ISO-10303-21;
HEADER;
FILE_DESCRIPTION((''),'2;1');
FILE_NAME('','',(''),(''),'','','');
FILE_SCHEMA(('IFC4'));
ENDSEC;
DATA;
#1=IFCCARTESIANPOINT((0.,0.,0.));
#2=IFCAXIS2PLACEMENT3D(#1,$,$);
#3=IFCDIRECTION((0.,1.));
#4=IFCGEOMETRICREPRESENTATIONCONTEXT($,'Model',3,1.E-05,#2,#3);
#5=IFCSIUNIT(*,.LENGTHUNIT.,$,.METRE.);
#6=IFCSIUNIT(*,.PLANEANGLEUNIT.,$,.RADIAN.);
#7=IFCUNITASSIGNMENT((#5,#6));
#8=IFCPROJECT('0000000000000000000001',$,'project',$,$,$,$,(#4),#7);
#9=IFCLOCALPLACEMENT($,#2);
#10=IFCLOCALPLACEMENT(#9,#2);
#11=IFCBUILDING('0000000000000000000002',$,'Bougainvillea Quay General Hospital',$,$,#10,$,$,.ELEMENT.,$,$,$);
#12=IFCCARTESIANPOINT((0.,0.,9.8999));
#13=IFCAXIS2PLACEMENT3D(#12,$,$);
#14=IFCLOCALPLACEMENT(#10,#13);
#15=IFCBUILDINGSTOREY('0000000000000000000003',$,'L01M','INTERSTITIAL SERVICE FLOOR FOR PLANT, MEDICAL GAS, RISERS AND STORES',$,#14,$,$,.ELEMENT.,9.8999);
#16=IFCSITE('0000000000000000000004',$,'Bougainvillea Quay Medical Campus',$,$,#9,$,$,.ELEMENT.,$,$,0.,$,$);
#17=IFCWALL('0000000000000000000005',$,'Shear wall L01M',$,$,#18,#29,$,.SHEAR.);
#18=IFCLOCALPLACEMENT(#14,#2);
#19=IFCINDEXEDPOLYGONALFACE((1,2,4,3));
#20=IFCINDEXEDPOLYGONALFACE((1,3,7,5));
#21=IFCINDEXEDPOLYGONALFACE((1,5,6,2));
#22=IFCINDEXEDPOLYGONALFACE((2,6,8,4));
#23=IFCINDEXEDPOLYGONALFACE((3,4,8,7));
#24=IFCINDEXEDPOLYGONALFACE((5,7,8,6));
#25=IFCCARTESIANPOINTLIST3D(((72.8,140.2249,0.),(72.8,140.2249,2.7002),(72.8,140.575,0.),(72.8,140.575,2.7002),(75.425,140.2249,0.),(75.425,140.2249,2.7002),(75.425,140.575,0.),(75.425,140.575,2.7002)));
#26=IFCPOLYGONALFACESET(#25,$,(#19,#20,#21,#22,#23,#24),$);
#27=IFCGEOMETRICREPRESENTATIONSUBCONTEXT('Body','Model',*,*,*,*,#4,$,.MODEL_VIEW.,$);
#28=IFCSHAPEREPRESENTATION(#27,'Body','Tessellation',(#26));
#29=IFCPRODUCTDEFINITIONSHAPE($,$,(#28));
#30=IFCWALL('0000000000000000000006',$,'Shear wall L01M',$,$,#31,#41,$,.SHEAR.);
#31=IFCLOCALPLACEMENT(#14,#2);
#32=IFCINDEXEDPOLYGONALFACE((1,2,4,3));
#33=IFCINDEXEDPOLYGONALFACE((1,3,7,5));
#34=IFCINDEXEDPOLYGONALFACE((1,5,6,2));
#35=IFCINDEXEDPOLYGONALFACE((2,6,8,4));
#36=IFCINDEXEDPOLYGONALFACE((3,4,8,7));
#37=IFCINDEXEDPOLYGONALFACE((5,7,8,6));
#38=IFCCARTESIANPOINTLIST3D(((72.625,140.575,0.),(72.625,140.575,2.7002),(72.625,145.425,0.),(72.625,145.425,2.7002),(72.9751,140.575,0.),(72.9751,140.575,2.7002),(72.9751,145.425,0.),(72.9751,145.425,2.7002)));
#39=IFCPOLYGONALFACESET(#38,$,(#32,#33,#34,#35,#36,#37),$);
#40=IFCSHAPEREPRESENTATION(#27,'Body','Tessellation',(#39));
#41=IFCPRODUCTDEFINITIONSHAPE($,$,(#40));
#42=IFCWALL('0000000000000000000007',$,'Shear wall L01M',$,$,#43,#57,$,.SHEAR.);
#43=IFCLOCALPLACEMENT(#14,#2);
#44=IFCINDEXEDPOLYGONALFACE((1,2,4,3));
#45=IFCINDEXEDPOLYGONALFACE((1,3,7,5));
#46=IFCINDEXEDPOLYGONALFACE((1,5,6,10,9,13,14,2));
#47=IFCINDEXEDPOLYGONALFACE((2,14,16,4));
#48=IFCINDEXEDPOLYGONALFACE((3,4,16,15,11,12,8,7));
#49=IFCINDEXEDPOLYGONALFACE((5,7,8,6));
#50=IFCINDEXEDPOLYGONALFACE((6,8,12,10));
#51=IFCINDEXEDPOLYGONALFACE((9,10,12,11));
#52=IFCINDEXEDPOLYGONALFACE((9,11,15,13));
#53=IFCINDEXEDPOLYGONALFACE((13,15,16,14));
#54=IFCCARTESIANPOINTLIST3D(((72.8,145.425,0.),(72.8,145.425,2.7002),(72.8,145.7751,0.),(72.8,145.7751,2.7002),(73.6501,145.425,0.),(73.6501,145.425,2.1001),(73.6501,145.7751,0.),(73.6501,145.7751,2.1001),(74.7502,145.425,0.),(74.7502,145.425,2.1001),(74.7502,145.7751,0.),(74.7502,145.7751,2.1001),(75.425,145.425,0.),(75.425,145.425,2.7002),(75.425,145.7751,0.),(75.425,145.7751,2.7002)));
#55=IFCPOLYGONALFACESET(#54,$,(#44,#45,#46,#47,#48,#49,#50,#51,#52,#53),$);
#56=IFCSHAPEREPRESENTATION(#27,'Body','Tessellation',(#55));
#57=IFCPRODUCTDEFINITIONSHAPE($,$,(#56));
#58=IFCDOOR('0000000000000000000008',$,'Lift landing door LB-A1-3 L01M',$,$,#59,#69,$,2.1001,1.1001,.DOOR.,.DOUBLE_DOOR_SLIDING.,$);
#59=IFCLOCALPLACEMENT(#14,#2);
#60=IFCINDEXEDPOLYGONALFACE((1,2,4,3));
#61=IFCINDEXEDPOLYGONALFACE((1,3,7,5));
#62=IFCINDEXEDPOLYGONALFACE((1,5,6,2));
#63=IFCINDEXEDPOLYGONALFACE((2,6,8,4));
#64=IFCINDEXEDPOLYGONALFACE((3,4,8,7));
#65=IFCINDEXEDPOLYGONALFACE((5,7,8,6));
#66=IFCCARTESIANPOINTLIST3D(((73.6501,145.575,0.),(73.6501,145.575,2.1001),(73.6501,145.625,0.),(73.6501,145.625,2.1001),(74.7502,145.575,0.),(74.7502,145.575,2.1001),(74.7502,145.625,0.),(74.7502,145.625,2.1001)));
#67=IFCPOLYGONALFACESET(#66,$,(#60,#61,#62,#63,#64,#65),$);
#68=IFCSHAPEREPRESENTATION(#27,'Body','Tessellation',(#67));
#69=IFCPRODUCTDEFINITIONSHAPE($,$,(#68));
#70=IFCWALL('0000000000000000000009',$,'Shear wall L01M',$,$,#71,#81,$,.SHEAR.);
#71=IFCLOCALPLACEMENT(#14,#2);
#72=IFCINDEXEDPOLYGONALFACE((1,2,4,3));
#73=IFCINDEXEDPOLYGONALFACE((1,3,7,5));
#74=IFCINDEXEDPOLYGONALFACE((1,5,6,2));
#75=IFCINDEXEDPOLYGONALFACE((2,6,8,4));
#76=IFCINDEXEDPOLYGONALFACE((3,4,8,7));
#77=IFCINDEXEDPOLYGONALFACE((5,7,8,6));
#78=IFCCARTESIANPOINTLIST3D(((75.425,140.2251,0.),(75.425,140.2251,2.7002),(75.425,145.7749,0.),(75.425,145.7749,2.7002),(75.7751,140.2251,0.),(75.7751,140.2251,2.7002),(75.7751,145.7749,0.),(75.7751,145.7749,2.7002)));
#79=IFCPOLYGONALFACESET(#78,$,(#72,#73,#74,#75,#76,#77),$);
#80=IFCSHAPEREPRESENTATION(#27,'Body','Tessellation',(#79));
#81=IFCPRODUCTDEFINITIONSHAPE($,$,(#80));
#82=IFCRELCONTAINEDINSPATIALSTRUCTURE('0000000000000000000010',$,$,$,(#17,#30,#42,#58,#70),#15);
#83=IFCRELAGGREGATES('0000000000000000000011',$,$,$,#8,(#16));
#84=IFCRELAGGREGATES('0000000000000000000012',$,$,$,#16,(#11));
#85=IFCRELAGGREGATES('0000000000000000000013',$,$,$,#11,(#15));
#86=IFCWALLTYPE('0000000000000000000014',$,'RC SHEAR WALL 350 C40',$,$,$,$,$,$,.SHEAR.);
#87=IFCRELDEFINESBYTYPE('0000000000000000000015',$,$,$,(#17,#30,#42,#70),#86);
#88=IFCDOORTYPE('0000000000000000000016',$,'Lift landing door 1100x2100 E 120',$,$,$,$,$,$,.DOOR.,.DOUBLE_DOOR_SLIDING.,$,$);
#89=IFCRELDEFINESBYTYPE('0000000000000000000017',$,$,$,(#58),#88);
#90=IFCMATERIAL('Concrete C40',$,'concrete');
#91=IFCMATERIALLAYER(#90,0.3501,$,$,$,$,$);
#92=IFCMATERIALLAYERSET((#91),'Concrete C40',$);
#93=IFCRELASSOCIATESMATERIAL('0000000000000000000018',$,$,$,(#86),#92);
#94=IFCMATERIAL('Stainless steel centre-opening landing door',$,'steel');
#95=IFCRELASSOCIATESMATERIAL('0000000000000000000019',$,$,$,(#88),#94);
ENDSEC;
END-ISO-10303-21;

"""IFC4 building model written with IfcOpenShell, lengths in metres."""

from ifc_helpers import new_model, si_unit, direction, frame, frame_2d, origin, place, context, subcontext, project, spatial, rectangle, extrude, material, layer, layer_set, type_object, element, fill, save


model = new_model("IFC4")

# Units and contexts
model_context = context("Model", 3, precision=1e-05, world=origin(), true_north=direction((0.0, 1.0)))
body_context = subcontext(model_context, "Body", "Model", "MODEL_VIEW")
ifc_project = project(units=[si_unit("LENGTHUNIT", "METRE"), si_unit("PLANEANGLEUNIT", "RADIAN")], contexts=[model_context])

# Site, building, storey
site_placement = place(None, origin())
site = spatial("IfcSite", under=ifc_project, at=site_placement, Name="Bougainvillea Quay Medical Campus", CompositionType="ELEMENT", RefElevation=0.0)
building_placement = place(site_placement, origin())
building = spatial("IfcBuilding", under=site, at=building_placement, Name="Bougainvillea Quay General Hospital", CompositionType="ELEMENT")
storey_placement = place(building_placement, frame((0.0, 0.0, 9.8999)))
storey = spatial("IfcBuildingStorey", under=building, at=storey_placement, Name="L01M", Description="INTERSTITIAL SERVICE FLOOR FOR PLANT, MEDICAL GAS, RISERS AND STORES", CompositionType="ELEMENT", Elevation=9.8999)

# Shared definitions
ifc_material_1 = material(Name="Concrete C40", Category="concrete")
ifc_layer_1 = layer(ifc_material_1, 0.3501)
ifc_layer_set_1 = layer_set([ifc_layer_1], Name="Concrete C40")
wall_type_1 = type_object("IfcWallType", Name="RC SHEAR WALL 350 C40", PredefinedType="SHEAR", material=ifc_layer_set_1)
ifc_material_2 = material(Name="Stainless steel centre-opening landing door", Category="steel")
door_type_1 = type_object("IfcDoorType", Name="Lift landing door 1100x2100 E 120", OperationType="DOUBLE_DOOR_SLIDING", PredefinedType="DOOR", material=ifc_material_2)

# Walls
wall_1_placement = place(storey_placement, frame((72.8, 140.3999, 0.0), z_axis=(0.0, 0.0, 1.0), x_axis=(1.0, 0.0, 0.0)))
element("IfcWall", 1, at=wall_1_placement, inside=storey, type_object=wall_type_1, Name="Shear wall L01M", PredefinedType="SHEAR", context=body_context, shape_type="SweptSolid", body=[
    extrude(rectangle(XDim=2.625, YDim=0.3501, at=frame_2d((1.3125, 0.0))), origin(), (0.0, 0.0, 1.0), 2.7002),
])
wall_2_placement = place(storey_placement, frame((72.8, 140.575, 0.0), z_axis=(0.0, 0.0, 1.0), x_axis=(0.0, 1.0, 0.0)))
element("IfcWall", 2, at=wall_2_placement, inside=storey, type_object=wall_type_1, Name="Shear wall L01M", PredefinedType="SHEAR", context=body_context, shape_type="SweptSolid", body=[
    extrude(rectangle(XDim=4.8501, YDim=0.3501, at=frame_2d((2.425, 0.0))), origin(), (0.0, 0.0, 1.0), 2.7002),
])

# Wall, opening, door
wall_3_placement = place(storey_placement, frame((72.8, 145.6001, 0.0), z_axis=(0.0, 0.0, 1.0), x_axis=(1.0, 0.0, 0.0)))
wall_3 = element("IfcWall", 3, at=wall_3_placement, inside=storey, type_object=wall_type_1, Name="Shear wall L01M", PredefinedType="SHEAR", context=body_context, shape_type="SweptSolid", body=[
    extrude(rectangle(XDim=2.625, YDim=0.3501, at=frame_2d((1.3125, 0.0))), origin(), (0.0, 0.0, 1.0), 2.7002),
])
opening_1_placement = place(wall_3_placement, frame((0.8501, 0.0, 0.0)))
opening_1 = element("IfcOpeningElement", 4, at=opening_1_placement, cuts=wall_3, PredefinedType="OPENING", context=body_context, shape_type="SweptSolid", body=[
    extrude(rectangle(XDim=1.1001, YDim=2.1001, at=frame_2d((0.55, 1.05))), frame((0.0, 0.1851, 0.0), z_axis=(0.0, -1.0, 0.0), x_axis=(1.0, 0.0, 0.0)), (0.0, 0.0, 1.0), 0.3701),
])
door_1_placement = place(opening_1_placement, origin())
door_1 = element("IfcDoor", 5, at=door_1_placement, inside=storey, type_object=door_type_1, Name="Lift landing door LB-A1-3 L01M", OperationType="DOUBLE_DOOR_SLIDING", OverallHeight=2.1001, OverallWidth=1.1001, PredefinedType="DOOR", context=body_context, shape_type="SweptSolid", body=[
    extrude(rectangle(XDim=1.1001, YDim=2.1001, at=frame_2d((0.55, 1.05))), frame((0.0, 0.0249, 0.0), z_axis=(0.0, -1.0, 0.0), x_axis=(1.0, 0.0, 0.0)), (0.0, 0.0, 1.0), 0.05),
])
fill(opening_1, door_1)

# Wall
wall_4_placement = place(storey_placement, frame((75.6001, 140.2251, 0.0), z_axis=(0.0, 0.0, 1.0), x_axis=(0.0, 1.0, 0.0)))
element("IfcWall", 6, at=wall_4_placement, inside=storey, type_object=wall_type_1, Name="Shear wall L01M", PredefinedType="SHEAR", context=body_context, shape_type="SweptSolid", body=[
    extrude(rectangle(XDim=5.5498, YDim=0.3501, at=frame_2d((2.7749, 0.0))), origin(), (0.0, 0.0, 1.0), 2.7002),
])

save(model, "model.ifc")
